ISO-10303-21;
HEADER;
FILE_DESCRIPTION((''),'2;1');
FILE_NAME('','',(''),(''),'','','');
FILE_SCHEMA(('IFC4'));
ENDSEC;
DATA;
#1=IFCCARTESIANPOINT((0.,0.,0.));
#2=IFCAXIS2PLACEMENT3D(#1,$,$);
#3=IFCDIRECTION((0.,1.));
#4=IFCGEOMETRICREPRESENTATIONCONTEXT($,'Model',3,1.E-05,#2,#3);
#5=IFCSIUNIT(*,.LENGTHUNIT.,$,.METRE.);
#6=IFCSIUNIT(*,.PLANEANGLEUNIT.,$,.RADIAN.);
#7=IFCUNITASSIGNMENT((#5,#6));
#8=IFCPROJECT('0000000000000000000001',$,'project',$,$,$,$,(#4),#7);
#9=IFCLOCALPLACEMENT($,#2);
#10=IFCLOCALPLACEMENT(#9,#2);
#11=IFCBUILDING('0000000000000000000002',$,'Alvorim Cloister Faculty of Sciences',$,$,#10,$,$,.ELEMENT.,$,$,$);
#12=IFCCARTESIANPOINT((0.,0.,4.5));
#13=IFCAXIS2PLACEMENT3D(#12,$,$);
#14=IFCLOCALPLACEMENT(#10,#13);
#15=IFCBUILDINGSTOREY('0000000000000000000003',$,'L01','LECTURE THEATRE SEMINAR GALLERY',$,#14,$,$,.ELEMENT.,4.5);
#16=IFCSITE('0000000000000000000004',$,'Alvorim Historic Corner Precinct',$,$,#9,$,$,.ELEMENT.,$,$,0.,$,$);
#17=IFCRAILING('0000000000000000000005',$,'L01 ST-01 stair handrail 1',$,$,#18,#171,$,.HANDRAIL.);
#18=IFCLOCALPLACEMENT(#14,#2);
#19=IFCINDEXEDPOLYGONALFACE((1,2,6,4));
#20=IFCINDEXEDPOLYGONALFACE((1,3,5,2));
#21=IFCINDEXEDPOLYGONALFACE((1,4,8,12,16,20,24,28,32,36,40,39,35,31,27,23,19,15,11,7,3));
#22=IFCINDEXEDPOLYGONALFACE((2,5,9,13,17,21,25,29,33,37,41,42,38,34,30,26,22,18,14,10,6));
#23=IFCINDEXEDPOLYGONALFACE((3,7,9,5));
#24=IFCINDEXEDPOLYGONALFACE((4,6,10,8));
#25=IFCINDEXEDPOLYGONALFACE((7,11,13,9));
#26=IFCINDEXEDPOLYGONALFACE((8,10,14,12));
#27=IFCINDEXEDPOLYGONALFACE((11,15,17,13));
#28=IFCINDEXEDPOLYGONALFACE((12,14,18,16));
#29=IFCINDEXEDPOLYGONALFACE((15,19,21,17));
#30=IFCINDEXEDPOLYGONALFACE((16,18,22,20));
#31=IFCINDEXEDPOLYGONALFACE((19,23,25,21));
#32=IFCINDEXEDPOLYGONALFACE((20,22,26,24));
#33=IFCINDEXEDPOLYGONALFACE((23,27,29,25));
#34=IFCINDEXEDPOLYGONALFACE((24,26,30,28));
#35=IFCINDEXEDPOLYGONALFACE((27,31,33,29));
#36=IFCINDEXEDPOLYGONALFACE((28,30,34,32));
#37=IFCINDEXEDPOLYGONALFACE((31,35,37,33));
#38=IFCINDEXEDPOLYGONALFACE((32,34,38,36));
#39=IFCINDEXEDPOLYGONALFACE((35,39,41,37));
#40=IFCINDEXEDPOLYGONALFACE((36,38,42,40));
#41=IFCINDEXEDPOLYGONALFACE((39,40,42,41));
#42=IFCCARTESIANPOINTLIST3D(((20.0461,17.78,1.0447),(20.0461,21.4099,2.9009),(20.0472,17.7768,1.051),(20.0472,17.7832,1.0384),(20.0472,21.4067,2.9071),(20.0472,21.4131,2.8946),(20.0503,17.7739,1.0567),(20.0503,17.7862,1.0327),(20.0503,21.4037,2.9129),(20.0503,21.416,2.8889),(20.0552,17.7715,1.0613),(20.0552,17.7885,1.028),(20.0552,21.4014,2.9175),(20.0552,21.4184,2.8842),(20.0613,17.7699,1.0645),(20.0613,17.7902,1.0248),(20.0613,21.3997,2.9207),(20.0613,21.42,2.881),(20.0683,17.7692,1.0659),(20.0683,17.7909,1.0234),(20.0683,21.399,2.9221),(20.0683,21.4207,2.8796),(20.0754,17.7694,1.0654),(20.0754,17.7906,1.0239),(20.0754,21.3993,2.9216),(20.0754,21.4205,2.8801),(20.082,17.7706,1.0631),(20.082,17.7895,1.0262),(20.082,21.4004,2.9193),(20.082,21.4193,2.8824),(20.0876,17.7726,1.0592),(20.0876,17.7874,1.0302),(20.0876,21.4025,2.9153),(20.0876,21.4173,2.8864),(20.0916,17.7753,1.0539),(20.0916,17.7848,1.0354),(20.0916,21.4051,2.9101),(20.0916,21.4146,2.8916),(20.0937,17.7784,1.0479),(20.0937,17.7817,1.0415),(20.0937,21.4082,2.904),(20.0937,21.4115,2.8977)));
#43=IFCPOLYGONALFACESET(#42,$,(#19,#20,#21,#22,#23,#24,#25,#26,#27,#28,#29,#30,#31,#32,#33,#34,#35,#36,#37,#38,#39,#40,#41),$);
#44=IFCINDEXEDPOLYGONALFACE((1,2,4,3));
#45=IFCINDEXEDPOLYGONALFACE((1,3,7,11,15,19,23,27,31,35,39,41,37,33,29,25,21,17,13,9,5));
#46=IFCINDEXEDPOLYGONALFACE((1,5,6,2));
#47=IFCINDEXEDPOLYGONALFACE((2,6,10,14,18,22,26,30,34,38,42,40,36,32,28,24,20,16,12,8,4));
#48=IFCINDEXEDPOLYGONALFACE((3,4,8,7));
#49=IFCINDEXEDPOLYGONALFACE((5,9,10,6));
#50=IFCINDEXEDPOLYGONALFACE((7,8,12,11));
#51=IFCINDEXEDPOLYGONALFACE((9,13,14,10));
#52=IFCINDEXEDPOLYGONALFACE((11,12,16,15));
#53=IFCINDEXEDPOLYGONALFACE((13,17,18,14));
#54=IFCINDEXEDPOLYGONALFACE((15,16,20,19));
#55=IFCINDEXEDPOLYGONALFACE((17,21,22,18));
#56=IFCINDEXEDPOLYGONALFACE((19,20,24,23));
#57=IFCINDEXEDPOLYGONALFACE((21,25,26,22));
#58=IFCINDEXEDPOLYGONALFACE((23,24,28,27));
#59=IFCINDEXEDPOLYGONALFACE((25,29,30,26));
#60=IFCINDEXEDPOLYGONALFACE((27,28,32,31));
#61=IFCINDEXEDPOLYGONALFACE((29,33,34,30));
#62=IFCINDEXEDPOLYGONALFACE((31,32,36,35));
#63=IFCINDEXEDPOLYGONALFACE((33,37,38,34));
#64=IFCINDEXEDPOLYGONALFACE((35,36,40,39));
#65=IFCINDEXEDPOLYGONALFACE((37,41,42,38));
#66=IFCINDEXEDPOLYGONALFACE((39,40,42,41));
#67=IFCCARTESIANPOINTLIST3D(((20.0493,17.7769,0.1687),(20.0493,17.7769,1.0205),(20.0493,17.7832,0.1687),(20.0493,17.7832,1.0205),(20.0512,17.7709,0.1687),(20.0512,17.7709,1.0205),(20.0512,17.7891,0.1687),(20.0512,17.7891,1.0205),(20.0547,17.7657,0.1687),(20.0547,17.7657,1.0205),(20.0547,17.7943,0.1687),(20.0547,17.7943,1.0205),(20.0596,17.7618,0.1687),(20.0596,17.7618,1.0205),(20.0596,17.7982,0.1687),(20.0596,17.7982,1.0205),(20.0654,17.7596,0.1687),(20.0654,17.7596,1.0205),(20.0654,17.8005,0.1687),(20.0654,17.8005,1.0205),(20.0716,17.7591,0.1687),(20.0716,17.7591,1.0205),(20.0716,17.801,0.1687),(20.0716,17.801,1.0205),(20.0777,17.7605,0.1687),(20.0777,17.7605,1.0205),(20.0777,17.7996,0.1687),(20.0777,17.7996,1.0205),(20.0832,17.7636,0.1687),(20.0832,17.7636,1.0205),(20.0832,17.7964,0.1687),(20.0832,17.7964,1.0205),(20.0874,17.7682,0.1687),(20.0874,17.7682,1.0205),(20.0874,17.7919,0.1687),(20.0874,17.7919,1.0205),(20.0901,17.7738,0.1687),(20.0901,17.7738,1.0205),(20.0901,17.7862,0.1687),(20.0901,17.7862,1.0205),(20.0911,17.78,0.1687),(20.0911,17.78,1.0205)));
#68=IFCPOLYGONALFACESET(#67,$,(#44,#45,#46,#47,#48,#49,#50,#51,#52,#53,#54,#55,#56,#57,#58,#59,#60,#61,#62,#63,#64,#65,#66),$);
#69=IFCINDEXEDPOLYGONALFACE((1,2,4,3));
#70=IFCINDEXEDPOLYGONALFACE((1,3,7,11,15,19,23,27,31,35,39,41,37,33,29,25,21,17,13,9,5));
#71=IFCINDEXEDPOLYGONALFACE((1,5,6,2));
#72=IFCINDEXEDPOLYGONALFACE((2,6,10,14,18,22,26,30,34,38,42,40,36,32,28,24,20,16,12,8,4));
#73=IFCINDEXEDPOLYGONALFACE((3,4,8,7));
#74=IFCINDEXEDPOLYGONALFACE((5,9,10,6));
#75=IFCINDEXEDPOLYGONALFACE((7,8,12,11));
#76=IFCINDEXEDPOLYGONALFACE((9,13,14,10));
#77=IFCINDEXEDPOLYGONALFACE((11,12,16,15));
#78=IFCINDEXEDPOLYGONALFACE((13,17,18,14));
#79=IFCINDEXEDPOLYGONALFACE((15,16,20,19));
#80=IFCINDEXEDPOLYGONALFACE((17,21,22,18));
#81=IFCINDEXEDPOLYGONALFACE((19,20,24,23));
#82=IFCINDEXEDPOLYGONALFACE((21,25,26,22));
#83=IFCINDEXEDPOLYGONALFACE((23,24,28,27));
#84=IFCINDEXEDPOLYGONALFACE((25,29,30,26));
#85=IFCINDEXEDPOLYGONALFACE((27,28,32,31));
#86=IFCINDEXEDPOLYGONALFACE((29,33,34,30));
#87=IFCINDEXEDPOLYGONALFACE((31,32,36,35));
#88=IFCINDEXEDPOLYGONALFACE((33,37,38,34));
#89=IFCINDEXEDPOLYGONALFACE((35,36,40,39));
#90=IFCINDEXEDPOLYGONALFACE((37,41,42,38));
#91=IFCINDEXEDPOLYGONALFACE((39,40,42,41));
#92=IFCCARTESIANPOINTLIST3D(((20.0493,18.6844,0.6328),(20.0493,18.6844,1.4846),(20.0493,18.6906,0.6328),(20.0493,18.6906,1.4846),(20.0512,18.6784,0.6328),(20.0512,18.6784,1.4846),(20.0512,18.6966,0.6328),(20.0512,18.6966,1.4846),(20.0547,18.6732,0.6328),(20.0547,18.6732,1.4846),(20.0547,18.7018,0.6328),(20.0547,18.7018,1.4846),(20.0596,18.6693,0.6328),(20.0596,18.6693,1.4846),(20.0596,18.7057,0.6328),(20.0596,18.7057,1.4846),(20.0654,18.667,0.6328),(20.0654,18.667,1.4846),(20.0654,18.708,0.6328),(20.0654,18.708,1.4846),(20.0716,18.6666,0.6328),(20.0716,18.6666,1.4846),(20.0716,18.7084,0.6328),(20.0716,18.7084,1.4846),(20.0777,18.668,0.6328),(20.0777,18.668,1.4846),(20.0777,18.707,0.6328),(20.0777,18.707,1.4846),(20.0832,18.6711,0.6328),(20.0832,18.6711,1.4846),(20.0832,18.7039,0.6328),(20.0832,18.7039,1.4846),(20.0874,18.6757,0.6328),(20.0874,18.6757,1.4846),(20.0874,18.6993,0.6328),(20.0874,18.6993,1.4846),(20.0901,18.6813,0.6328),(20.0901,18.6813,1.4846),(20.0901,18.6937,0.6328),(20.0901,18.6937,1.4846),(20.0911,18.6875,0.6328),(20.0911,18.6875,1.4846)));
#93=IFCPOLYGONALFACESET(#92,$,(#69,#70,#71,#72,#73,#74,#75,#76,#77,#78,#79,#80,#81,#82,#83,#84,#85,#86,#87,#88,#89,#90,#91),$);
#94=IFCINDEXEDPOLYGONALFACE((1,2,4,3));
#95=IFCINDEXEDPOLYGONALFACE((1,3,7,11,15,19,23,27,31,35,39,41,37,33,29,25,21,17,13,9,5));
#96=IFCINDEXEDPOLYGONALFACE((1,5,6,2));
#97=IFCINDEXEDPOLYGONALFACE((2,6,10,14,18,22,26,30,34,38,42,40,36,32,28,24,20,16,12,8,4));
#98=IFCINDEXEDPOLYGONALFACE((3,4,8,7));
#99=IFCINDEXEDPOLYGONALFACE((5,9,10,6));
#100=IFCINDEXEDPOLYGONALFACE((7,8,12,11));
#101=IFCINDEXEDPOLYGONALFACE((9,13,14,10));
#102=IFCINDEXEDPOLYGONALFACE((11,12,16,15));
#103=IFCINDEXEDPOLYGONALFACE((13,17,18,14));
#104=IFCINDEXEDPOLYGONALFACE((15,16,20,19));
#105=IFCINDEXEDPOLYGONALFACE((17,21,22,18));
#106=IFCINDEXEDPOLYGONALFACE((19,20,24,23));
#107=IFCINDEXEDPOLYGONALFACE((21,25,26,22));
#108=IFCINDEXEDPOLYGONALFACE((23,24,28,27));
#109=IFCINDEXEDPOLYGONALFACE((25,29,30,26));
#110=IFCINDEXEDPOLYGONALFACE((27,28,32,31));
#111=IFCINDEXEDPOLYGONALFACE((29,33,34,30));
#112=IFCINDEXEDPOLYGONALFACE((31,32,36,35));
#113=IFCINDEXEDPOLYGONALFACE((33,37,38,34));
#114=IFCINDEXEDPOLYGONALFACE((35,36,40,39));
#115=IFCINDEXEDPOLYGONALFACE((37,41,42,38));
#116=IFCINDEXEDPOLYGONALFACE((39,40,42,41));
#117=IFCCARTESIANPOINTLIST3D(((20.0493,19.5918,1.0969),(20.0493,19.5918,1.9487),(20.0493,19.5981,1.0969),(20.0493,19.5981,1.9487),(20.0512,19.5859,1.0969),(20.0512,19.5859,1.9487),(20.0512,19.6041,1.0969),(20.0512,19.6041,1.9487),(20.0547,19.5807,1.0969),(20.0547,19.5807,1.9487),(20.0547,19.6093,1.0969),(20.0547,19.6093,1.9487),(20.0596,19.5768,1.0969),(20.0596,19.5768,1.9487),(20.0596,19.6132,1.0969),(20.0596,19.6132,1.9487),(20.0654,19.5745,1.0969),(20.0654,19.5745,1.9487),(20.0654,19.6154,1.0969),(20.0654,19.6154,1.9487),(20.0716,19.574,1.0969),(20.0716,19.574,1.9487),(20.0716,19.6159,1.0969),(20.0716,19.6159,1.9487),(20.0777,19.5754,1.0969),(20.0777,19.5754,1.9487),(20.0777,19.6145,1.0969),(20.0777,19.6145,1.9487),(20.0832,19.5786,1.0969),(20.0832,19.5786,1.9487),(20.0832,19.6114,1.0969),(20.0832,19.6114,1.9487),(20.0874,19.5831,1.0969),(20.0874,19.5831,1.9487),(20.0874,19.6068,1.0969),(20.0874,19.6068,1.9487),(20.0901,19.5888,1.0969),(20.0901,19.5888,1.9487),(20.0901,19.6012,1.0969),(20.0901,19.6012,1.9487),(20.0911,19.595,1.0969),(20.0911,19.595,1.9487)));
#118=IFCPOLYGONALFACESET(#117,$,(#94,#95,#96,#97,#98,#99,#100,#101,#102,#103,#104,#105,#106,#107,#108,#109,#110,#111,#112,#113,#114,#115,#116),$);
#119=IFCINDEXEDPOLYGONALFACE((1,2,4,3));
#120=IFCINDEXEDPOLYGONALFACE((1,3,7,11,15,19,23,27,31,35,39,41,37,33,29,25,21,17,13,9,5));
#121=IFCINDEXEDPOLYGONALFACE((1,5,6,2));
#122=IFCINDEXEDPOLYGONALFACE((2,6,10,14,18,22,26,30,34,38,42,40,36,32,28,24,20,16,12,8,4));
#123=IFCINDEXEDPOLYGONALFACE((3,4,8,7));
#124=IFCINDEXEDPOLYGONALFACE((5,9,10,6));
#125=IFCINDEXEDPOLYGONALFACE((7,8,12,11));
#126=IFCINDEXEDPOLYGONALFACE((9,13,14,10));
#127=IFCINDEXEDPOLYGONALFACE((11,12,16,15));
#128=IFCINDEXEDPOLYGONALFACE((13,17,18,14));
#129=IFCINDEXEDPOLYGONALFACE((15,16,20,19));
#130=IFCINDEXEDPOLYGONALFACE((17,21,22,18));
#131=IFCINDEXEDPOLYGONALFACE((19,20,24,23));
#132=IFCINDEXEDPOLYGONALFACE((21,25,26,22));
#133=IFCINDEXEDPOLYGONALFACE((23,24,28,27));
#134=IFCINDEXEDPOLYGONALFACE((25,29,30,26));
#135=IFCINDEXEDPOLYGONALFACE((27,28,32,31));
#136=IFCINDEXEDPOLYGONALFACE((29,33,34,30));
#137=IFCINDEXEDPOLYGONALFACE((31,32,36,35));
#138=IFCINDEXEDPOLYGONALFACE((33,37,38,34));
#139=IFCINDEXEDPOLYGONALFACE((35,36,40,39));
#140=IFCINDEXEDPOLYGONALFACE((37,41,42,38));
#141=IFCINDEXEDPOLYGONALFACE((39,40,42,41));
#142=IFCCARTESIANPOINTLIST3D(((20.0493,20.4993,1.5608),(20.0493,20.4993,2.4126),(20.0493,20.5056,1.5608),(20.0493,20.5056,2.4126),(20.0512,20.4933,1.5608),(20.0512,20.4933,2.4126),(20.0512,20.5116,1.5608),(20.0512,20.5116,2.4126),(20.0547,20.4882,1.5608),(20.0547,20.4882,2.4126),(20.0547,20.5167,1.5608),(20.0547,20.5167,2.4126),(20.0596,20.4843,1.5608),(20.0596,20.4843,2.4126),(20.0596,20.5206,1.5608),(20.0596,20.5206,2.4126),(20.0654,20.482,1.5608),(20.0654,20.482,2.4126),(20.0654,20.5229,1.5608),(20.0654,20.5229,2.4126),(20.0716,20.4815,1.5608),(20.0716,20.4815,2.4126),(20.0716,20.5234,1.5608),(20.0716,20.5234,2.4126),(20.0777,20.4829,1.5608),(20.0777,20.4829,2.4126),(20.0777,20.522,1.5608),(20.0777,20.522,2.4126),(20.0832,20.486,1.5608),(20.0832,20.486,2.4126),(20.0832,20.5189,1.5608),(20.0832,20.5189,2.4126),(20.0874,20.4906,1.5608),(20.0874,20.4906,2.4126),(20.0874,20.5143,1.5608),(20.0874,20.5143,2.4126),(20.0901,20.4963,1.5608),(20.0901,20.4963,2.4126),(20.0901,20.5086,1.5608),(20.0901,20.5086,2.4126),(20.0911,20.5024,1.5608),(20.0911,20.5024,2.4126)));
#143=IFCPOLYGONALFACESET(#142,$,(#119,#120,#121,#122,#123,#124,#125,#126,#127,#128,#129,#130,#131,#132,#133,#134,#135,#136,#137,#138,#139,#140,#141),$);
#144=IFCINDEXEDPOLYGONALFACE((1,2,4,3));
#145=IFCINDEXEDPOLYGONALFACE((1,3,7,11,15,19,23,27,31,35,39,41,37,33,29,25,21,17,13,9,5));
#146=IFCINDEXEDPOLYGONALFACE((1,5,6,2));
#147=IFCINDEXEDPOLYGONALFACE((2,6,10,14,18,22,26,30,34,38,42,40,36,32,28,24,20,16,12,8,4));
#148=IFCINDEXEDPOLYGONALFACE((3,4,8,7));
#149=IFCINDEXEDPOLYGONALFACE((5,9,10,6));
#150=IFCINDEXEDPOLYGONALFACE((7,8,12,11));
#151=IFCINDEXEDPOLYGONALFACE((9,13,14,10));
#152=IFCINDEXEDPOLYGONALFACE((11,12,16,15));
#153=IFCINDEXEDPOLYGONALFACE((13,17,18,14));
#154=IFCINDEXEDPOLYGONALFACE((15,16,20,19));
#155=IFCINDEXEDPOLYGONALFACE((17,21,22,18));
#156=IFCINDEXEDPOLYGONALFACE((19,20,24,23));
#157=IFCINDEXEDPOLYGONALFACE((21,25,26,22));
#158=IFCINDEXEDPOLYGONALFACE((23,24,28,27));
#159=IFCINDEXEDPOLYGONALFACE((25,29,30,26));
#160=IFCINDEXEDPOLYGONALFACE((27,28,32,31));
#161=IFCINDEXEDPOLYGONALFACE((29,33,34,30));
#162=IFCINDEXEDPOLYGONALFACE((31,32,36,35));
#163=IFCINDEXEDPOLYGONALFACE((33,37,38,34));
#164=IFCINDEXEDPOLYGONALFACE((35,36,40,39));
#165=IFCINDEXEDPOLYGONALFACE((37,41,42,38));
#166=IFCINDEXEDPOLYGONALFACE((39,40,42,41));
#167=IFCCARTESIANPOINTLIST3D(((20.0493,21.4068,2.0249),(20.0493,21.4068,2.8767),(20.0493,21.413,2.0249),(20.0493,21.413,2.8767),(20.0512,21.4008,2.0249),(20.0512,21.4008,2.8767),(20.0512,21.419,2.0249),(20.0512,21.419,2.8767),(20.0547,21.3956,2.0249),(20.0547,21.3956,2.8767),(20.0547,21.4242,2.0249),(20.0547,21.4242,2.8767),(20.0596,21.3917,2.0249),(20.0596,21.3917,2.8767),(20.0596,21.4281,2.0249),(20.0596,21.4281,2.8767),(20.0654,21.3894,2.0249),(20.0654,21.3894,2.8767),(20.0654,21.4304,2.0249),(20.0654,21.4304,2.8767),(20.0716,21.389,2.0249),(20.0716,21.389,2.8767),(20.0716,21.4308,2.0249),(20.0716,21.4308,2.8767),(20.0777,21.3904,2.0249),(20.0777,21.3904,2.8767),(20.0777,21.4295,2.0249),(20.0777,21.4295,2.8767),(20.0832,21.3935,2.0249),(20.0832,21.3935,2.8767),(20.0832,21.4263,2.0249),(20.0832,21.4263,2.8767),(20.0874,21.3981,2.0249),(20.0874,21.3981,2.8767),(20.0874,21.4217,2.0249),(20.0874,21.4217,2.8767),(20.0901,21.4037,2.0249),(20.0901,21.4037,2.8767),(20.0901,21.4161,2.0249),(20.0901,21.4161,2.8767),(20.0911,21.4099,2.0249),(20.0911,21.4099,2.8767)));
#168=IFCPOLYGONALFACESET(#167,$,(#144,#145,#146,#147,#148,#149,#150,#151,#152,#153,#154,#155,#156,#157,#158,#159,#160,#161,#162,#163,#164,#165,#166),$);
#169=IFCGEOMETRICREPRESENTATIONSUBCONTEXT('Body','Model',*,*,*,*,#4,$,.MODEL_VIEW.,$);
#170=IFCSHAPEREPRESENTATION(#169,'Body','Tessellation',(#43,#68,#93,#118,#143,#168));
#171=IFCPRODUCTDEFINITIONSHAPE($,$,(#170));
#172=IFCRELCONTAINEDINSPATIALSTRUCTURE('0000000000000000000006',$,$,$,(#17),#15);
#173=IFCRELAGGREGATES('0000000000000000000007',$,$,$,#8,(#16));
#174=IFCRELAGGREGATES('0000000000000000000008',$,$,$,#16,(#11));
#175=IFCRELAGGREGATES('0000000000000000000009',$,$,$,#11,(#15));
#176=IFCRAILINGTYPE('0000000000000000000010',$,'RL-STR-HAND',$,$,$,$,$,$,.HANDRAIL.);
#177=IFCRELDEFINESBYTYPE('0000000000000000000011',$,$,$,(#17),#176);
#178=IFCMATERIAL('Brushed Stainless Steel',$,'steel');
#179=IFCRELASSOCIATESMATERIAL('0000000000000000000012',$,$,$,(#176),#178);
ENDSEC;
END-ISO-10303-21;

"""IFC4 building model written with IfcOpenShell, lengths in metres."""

from ifc_helpers import new_model, si_unit, direction, frame, origin, origin_2d, place, context, subcontext, project, spatial, circle, extrude, material, type_object, element, save


model = new_model("IFC4")

# Units and contexts
model_context = context("Model", 3, precision=1e-05, world=origin(), true_north=direction((0.0, 1.0)))
body_context = subcontext(model_context, "Body", "Model", "MODEL_VIEW")
ifc_project = project(units=[si_unit("LENGTHUNIT", "METRE"), si_unit("PLANEANGLEUNIT", "RADIAN")], contexts=[model_context])

# Site, building, storey
site_placement = place(None, origin())
site = spatial("IfcSite", under=ifc_project, at=site_placement, Name="Alvorim Historic Corner Precinct", CompositionType="ELEMENT", RefElevation=0.0)
building_placement = place(site_placement, origin())
building = spatial("IfcBuilding", under=site, at=building_placement, Name="Alvorim Cloister Faculty of Sciences", CompositionType="ELEMENT")
storey_placement = place(building_placement, frame((0.0, 0.0, 4.5)))
storey = spatial("IfcBuildingStorey", under=building, at=storey_placement, Name="L01", Description="LECTURE THEATRE SEMINAR GALLERY", CompositionType="ELEMENT", Elevation=4.5)

# Railing
ifc_material_1 = material(Name="Brushed Stainless Steel", Category="steel")
railing_type_1 = type_object("IfcRailingType", Name="RL-STR-HAND", PredefinedType="HANDRAIL", material=ifc_material_1)
railing_1_placement = place(storey_placement, frame((20.0701, 17.78, 0.1687)))
element("IfcRailing", 1, at=railing_1_placement, inside=storey, type_object=railing_type_1, Name="L01 ST-01 stair handrail 1", PredefinedType="HANDRAIL", context=body_context, shape_type="SweptSolid", body=[
    extrude(circle(Radius=0.0239, at=origin_2d()), frame((0.0, 0.0, 0.876), z_axis=(0.0, 0.890342, 0.455291), x_axis=(-1.0, 0.0, 0.0)), (0.0, 0.0, 1.0), 4.0769),
    extrude(circle(Radius=0.021, at=origin_2d()), origin(), (0.0, 0.0, 1.0), 0.8518),
    extrude(circle(Radius=0.021, at=origin_2d()), frame((0.0, 0.9075, 0.4641)), (0.0, 0.0, 1.0), 0.8518),
    extrude(circle(Radius=0.021, at=origin_2d()), frame((0.0, 1.8149, 0.9282)), (0.0, 0.0, 1.0), 0.8518),
    extrude(circle(Radius=0.021, at=origin_2d()), frame((0.0, 2.7224, 1.3921)), (0.0, 0.0, 1.0), 0.8518),
    extrude(circle(Radius=0.021, at=origin_2d()), frame((0.0, 3.6299, 1.8562)), (0.0, 0.0, 1.0), 0.8518),
])

save(model, "model.ifc")
